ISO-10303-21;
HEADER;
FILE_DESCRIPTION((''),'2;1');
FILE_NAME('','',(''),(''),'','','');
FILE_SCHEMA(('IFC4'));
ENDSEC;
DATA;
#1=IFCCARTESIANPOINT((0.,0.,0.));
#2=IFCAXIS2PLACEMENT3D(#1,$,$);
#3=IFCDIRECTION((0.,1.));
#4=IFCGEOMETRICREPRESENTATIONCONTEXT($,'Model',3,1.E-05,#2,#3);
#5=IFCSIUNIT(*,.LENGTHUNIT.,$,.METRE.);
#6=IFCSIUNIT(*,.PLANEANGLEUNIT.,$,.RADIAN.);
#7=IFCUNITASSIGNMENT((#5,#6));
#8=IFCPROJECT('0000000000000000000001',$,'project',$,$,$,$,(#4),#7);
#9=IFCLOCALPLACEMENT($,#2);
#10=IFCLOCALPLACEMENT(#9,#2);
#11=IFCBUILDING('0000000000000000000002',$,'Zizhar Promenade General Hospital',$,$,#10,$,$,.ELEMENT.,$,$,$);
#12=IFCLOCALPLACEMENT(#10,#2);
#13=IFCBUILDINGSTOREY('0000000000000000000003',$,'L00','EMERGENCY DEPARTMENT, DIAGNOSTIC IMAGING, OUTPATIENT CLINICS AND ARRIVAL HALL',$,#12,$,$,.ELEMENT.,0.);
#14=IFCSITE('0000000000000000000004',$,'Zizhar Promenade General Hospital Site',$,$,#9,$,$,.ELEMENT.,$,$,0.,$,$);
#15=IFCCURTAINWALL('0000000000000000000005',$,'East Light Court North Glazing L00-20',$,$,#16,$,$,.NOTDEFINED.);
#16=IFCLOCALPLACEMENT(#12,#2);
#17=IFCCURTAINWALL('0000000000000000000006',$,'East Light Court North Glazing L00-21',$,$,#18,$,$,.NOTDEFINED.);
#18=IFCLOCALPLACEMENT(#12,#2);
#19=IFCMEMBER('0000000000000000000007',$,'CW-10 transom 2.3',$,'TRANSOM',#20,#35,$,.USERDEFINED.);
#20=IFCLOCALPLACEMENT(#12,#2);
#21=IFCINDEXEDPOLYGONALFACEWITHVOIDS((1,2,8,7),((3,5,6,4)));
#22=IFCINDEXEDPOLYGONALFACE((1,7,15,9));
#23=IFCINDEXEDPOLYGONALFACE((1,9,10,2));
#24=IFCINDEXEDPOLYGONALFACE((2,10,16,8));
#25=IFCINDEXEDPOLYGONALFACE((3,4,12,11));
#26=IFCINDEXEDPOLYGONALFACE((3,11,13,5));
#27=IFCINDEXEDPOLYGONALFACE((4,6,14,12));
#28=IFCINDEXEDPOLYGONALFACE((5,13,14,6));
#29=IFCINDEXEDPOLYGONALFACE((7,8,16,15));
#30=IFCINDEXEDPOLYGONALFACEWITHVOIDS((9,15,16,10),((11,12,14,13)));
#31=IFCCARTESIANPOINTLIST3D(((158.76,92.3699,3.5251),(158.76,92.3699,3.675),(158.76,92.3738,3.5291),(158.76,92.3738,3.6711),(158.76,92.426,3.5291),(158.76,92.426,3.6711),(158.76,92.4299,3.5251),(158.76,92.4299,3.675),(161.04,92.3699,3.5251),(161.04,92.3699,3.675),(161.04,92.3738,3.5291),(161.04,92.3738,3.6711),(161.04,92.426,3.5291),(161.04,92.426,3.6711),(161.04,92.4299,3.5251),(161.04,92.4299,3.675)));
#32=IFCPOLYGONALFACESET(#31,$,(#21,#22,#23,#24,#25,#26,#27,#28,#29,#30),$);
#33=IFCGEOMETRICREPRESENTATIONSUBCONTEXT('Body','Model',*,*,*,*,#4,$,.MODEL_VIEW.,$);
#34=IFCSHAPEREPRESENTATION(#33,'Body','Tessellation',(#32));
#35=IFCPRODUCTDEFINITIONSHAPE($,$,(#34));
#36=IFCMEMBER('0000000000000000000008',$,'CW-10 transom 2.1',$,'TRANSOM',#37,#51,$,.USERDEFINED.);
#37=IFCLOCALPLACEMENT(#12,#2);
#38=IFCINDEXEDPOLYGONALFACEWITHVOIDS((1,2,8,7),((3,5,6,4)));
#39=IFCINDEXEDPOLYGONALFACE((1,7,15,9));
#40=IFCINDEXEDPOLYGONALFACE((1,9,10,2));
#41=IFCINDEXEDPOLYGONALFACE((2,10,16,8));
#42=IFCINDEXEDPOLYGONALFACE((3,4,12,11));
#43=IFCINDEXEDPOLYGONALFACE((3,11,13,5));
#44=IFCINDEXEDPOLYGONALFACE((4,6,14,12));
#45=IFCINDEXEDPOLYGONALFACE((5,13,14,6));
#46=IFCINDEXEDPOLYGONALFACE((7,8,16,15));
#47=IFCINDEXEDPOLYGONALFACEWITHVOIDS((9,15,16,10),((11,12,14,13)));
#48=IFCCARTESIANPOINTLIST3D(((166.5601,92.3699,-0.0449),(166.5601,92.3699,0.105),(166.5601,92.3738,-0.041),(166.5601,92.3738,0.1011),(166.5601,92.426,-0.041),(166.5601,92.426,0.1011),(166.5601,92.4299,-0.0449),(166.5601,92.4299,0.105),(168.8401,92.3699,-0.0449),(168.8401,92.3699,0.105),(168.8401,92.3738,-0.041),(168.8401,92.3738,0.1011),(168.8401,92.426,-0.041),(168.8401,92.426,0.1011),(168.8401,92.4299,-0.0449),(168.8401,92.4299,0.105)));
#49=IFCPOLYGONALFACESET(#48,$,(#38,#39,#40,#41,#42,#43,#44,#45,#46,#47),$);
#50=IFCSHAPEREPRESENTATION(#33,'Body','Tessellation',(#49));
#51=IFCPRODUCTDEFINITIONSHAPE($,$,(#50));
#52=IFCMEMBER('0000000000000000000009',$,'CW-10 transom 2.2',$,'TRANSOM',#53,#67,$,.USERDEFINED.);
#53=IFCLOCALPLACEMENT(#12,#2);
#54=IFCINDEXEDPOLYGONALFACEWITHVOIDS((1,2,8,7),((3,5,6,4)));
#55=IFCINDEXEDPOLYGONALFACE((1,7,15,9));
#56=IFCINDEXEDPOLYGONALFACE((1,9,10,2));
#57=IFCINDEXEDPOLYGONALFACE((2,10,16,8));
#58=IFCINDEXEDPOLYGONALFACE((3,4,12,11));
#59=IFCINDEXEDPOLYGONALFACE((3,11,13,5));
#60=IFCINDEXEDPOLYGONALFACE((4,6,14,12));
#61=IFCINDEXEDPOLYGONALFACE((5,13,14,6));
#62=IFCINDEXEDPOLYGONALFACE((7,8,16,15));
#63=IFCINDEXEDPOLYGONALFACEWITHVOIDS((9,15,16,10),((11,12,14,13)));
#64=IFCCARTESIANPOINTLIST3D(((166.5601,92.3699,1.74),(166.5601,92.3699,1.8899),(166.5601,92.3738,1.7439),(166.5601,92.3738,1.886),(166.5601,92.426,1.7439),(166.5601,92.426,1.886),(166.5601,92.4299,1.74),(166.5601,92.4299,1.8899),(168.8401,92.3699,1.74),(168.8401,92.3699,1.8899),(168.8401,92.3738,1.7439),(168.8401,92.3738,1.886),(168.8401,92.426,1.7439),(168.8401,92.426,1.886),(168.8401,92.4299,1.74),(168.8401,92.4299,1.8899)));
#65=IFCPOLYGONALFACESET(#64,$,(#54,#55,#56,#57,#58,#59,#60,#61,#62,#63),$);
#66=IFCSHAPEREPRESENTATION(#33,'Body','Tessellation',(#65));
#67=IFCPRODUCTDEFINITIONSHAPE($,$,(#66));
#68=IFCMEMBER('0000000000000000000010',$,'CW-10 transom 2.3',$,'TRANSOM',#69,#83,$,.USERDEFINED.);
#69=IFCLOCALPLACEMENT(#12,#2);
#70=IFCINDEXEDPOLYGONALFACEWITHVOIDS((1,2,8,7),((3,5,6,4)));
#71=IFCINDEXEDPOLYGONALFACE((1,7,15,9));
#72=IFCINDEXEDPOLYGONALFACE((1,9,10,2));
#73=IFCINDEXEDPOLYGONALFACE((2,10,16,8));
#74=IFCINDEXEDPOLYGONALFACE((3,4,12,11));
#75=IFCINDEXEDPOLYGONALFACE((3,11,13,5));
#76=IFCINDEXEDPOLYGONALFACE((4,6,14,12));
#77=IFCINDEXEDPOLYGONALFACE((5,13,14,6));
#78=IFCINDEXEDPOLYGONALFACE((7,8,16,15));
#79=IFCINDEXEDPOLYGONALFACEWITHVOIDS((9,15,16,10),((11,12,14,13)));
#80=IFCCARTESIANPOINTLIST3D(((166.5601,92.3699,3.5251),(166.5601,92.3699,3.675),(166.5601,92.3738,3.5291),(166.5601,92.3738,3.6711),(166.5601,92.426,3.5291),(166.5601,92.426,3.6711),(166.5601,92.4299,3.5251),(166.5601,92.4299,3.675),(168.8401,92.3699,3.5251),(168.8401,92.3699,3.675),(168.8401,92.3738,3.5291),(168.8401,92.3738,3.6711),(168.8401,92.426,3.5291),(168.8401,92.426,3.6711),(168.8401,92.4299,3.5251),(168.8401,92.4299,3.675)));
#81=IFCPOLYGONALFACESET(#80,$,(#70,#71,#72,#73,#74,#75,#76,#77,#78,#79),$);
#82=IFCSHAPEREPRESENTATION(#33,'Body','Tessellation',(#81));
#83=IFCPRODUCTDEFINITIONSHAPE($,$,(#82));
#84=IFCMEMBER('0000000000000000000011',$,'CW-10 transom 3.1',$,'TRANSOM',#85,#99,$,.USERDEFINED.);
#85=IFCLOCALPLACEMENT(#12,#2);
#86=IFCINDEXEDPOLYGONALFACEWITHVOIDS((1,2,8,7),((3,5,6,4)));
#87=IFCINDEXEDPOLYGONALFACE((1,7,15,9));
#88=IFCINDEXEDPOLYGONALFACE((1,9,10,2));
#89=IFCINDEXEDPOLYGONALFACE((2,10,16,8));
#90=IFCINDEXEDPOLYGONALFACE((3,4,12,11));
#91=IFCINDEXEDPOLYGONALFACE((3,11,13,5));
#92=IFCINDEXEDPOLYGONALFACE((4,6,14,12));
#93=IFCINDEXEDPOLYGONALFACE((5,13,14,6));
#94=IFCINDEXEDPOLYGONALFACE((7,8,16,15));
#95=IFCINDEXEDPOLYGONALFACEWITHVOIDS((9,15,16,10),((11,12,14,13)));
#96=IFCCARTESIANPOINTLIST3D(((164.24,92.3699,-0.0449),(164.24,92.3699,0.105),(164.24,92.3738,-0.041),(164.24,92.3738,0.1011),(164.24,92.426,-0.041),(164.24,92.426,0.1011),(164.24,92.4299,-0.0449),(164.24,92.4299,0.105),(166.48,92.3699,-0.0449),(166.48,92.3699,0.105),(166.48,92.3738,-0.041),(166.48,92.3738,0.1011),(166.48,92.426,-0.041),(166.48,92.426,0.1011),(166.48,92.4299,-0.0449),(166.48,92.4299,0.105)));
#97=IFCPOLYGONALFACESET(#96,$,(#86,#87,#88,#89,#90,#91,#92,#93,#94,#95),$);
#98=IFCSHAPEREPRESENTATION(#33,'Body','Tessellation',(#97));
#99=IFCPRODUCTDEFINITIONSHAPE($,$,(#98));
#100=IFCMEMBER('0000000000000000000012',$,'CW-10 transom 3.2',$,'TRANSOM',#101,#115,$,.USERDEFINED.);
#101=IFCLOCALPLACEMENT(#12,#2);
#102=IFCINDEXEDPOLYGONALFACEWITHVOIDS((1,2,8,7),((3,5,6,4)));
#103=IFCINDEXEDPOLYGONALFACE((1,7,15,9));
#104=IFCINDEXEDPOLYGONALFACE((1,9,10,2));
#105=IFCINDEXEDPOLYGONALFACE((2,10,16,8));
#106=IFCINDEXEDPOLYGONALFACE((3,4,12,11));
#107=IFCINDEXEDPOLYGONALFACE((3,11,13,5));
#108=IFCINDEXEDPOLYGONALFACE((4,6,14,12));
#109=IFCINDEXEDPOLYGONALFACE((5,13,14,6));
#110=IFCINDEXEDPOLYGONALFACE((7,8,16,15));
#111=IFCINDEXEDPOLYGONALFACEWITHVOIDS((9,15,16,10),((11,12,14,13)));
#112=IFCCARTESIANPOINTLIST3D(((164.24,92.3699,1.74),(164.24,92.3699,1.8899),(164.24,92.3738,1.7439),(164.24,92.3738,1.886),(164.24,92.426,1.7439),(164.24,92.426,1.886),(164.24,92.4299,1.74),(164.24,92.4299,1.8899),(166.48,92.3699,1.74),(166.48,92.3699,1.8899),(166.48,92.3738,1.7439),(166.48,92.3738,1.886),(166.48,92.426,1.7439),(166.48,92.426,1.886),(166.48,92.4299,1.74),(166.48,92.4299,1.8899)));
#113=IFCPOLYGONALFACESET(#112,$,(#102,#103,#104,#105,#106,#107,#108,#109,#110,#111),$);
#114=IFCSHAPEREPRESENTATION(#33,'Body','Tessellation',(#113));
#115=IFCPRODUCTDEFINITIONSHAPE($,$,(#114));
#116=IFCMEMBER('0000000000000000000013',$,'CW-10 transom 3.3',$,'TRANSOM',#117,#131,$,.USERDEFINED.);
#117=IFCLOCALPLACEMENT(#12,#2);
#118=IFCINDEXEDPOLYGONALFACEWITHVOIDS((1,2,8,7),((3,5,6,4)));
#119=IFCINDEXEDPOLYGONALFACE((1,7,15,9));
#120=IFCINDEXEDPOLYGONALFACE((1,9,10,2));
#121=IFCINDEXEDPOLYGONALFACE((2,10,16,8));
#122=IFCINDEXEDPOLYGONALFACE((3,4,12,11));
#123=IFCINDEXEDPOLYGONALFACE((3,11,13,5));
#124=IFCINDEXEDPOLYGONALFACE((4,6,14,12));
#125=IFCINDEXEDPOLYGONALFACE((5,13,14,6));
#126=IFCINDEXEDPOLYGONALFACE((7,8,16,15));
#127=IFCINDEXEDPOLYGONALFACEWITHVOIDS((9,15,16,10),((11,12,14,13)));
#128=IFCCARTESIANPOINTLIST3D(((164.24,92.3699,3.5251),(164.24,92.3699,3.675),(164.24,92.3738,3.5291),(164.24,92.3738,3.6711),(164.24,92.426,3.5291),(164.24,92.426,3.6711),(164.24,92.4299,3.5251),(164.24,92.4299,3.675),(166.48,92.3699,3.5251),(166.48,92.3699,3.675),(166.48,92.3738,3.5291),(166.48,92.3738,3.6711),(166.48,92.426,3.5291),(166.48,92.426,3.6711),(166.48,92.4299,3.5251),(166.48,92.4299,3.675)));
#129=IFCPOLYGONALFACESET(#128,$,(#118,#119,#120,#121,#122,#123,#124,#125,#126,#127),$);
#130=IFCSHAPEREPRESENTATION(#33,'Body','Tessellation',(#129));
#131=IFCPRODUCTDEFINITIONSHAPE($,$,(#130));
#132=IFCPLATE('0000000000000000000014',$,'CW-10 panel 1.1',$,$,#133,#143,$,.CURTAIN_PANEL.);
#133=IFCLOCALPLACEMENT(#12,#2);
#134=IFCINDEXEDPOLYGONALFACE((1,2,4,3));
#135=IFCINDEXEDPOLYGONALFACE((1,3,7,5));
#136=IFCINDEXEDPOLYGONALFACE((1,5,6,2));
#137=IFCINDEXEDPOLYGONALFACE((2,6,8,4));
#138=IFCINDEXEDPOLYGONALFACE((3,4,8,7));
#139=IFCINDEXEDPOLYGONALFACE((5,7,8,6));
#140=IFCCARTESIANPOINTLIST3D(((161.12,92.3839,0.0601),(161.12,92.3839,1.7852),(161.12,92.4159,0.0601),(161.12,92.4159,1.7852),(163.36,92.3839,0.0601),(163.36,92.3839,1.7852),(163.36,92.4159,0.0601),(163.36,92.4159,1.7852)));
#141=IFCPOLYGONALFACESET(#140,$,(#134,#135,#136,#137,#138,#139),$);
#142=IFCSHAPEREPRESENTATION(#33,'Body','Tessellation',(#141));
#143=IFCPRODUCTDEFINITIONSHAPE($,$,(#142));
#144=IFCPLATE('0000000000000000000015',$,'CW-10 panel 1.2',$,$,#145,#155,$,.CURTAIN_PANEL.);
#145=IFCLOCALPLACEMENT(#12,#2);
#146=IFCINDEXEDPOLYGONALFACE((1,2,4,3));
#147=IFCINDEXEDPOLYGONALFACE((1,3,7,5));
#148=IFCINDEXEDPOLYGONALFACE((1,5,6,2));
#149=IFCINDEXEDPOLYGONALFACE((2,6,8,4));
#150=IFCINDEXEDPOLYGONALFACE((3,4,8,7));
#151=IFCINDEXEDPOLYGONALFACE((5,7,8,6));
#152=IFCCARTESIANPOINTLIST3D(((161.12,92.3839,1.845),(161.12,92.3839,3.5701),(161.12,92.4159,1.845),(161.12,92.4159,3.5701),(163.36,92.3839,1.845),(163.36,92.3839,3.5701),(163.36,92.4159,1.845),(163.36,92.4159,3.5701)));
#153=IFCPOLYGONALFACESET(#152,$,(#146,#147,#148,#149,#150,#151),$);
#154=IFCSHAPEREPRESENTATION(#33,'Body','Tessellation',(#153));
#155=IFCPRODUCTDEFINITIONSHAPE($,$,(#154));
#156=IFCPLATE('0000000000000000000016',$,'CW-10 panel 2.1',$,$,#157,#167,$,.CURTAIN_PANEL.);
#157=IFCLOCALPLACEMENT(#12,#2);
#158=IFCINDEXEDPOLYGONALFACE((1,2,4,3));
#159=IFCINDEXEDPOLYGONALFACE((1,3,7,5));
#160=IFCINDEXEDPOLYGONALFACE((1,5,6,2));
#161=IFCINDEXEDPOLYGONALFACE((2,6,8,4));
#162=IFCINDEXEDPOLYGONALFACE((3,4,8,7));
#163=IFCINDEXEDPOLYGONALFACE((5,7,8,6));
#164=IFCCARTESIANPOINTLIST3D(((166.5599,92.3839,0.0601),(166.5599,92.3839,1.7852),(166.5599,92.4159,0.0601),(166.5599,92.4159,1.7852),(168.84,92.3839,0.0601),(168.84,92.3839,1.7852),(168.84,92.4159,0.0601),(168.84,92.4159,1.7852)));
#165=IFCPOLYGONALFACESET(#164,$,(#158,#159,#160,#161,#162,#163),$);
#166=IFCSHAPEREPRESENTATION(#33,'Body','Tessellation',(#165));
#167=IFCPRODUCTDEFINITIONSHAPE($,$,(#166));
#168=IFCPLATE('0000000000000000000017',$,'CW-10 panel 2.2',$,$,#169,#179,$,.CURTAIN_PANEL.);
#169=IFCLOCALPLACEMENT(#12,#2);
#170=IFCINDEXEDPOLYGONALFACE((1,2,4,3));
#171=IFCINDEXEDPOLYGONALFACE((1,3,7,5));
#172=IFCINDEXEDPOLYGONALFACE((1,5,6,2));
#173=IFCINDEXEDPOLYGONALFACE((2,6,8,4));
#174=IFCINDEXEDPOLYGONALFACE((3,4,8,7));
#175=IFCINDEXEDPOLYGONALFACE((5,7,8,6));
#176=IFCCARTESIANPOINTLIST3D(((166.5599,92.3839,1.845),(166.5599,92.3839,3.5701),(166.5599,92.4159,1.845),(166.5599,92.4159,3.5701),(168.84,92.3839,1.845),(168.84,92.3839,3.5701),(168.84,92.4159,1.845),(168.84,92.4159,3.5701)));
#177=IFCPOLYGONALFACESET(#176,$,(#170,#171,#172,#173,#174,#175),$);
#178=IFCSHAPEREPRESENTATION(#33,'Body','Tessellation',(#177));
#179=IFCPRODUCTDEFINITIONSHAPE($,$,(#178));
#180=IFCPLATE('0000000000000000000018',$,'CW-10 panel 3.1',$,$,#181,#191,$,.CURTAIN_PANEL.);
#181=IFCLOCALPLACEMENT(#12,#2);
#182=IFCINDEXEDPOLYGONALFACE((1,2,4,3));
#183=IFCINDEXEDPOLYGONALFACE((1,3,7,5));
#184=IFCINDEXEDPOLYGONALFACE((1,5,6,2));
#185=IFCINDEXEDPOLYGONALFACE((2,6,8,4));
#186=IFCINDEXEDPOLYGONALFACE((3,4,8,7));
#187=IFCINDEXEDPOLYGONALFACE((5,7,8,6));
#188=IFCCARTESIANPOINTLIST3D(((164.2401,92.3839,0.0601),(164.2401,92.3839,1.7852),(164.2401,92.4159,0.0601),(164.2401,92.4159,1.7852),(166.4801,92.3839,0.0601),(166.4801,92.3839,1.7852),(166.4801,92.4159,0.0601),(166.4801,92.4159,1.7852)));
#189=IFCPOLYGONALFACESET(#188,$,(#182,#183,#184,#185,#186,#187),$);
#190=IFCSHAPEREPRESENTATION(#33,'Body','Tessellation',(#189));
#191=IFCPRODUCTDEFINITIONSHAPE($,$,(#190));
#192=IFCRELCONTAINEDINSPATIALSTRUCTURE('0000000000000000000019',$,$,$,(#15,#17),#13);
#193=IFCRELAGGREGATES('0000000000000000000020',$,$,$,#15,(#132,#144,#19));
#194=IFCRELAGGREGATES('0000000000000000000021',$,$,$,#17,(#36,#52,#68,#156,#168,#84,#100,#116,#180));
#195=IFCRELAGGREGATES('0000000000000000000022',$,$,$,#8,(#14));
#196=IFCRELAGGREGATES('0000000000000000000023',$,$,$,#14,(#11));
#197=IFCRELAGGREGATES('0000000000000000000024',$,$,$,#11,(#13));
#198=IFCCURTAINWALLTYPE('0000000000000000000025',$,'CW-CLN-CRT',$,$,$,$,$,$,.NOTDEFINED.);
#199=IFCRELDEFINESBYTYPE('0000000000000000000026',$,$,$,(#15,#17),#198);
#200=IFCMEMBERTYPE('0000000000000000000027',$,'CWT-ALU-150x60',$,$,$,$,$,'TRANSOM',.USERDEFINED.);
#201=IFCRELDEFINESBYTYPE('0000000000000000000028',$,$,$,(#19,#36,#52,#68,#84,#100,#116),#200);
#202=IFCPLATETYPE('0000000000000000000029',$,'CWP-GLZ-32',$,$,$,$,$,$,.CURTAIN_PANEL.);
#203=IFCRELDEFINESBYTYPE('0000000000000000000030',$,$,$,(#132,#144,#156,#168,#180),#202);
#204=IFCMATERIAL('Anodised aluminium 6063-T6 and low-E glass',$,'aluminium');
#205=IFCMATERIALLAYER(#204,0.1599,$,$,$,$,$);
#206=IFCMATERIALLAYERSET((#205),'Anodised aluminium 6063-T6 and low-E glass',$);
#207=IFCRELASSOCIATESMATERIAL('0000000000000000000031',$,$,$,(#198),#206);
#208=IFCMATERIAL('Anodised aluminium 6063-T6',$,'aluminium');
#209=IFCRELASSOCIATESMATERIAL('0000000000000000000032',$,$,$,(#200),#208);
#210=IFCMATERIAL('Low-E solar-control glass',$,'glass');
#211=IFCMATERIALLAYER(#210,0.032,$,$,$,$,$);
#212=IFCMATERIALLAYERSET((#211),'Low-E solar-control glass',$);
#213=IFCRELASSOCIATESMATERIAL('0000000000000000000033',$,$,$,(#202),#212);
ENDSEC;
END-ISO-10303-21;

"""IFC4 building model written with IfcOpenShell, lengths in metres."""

from ifc_helpers import new_model, si_unit, direction, frame, origin, origin_2d, place, context, subcontext, project, spatial, rectangle, hollow_rectangle, extrude, material, layer, layer_set, material_profile, profile_set, type_object, element, aggregate, save


model = new_model("IFC4")

# Units and contexts
model_context = context("Model", 3, precision=1e-05, world=origin(), true_north=direction((0.0, 1.0)))
body_context = subcontext(model_context, "Body", "Model", "MODEL_VIEW")
ifc_project = project(units=[si_unit("LENGTHUNIT", "METRE"), si_unit("PLANEANGLEUNIT", "RADIAN")], contexts=[model_context])

# Site, building, storey
site_placement = place(None, origin())
site = spatial("IfcSite", under=ifc_project, at=site_placement, Name="Zizhar Promenade General Hospital Site", CompositionType="ELEMENT", RefElevation=0.0)
building_placement = place(site_placement, origin())
building = spatial("IfcBuilding", under=site, at=building_placement, Name="Zizhar Promenade General Hospital", CompositionType="ELEMENT")
storey_placement = place(building_placement, origin())
storey = spatial("IfcBuildingStorey", under=building, at=storey_placement, Name="L00", Description="EMERGENCY DEPARTMENT, DIAGNOSTIC IMAGING, OUTPATIENT CLINICS AND ARRIVAL HALL", CompositionType="ELEMENT", Elevation=0.0)

# Curtain walls
ifc_material_1 = material(Name="Anodised aluminium 6063-T6 and low-E glass", Category="aluminium")
ifc_layer_1 = layer(ifc_material_1, 0.1599)
ifc_layer_set_1 = layer_set([ifc_layer_1], Name="Anodised aluminium 6063-T6 and low-E glass")
curtain_wall_type = type_object("IfcCurtainWallType", Name="CW-CLN-CRT", PredefinedType="NOTDEFINED", material=ifc_layer_set_1)
curtain_wall_1_placement = place(storey_placement, origin())
curtain_wall_1 = element("IfcCurtainWall", 1, at=curtain_wall_1_placement, inside=storey, type_object=curtain_wall_type, Name="East Light Court North Glazing L00-20", PredefinedType="NOTDEFINED")
curtain_wall_2_placement = place(storey_placement, origin())
curtain_wall_2 = element("IfcCurtainWall", 2, at=curtain_wall_2_placement, inside=storey, type_object=curtain_wall_type, Name="East Light Court North Glazing L00-21", PredefinedType="NOTDEFINED")

# Members
ifc_material_2 = material(Name="Anodised aluminium 6063-T6", Category="aluminium")
ifc_material_profile_1 = material_profile(ifc_material_2, hollow_rectangle(XDim=0.0601, YDim=0.1499, WallThickness=0.0039, at=origin_2d()))
ifc_profile_set_1 = profile_set([ifc_material_profile_1], Name="Anodised aluminium 6063-T6")
member_type_1 = type_object("IfcMemberType", Name="CWT-ALU-150x60", ElementType="TRANSOM", PredefinedType="USERDEFINED", material=ifc_profile_set_1)
member_1_placement = place(storey_placement, frame((161.04, 92.3999, 3.6001), z_axis=(-1.0, 0.0, 0.0), x_axis=(0.0, -1.0, 0.0)))
member_1 = element("IfcMember", 3, at=member_1_placement, type_object=member_type_1, Name="CW-10 transom 2.3", ObjectType="TRANSOM", PredefinedType="USERDEFINED", context=body_context, shape_type="SweptSolid", body=[
    extrude(hollow_rectangle(XDim=0.0601, YDim=0.1499, WallThickness=0.0039, at=origin_2d()), origin(), (0.0, 0.0, 1.0), 2.28),
])
member_2_placement = place(storey_placement, frame((168.8401, 92.3999, 0.03), z_axis=(-1.0, 0.0, 0.0), x_axis=(0.0, -1.0, 0.0)))
member_2 = element("IfcMember", 4, at=member_2_placement, type_object=member_type_1, Name="CW-10 transom 2.1", ObjectType="TRANSOM", PredefinedType="USERDEFINED", context=body_context, shape_type="SweptSolid", body=[
    extrude(hollow_rectangle(XDim=0.0601, YDim=0.1499, WallThickness=0.0039, at=origin_2d()), origin(), (0.0, 0.0, 1.0), 2.28),
])
member_3_placement = place(storey_placement, frame((168.8401, 92.3999, 1.8149), z_axis=(-1.0, 0.0, 0.0), x_axis=(0.0, -1.0, 0.0)))
member_3 = element("IfcMember", 5, at=member_3_placement, type_object=member_type_1, Name="CW-10 transom 2.2", ObjectType="TRANSOM", PredefinedType="USERDEFINED", context=body_context, shape_type="SweptSolid", body=[
    extrude(hollow_rectangle(XDim=0.0601, YDim=0.1499, WallThickness=0.0039, at=origin_2d()), origin(), (0.0, 0.0, 1.0), 2.28),
])
member_4_placement = place(storey_placement, frame((168.8401, 92.3999, 3.6001), z_axis=(-1.0, 0.0, 0.0), x_axis=(0.0, -1.0, 0.0)))
member_4 = element("IfcMember", 6, at=member_4_placement, type_object=member_type_1, Name="CW-10 transom 2.3", ObjectType="TRANSOM", PredefinedType="USERDEFINED", context=body_context, shape_type="SweptSolid", body=[
    extrude(hollow_rectangle(XDim=0.0601, YDim=0.1499, WallThickness=0.0039, at=origin_2d()), origin(), (0.0, 0.0, 1.0), 2.28),
])
member_5_placement = place(storey_placement, frame((166.48, 92.3999, 0.03), z_axis=(-1.0, 0.0, 0.0), x_axis=(0.0, -1.0, 0.0)))
member_5 = element("IfcMember", 7, at=member_5_placement, type_object=member_type_1, Name="CW-10 transom 3.1", ObjectType="TRANSOM", PredefinedType="USERDEFINED", context=body_context, shape_type="SweptSolid", body=[
    extrude(hollow_rectangle(XDim=0.0601, YDim=0.1499, WallThickness=0.0039, at=origin_2d()), origin(), (0.0, 0.0, 1.0), 2.24),
])
member_6_placement = place(storey_placement, frame((166.48, 92.3999, 1.8149), z_axis=(-1.0, 0.0, 0.0), x_axis=(0.0, -1.0, 0.0)))
member_6 = element("IfcMember", 8, at=member_6_placement, type_object=member_type_1, Name="CW-10 transom 3.2", ObjectType="TRANSOM", PredefinedType="USERDEFINED", context=body_context, shape_type="SweptSolid", body=[
    extrude(hollow_rectangle(XDim=0.0601, YDim=0.1499, WallThickness=0.0039, at=origin_2d()), origin(), (0.0, 0.0, 1.0), 2.24),
])
member_7_placement = place(storey_placement, frame((166.48, 92.3999, 3.6001), z_axis=(-1.0, 0.0, 0.0), x_axis=(0.0, -1.0, 0.0)))
member_7 = element("IfcMember", 9, at=member_7_placement, type_object=member_type_1, Name="CW-10 transom 3.3", ObjectType="TRANSOM", PredefinedType="USERDEFINED", context=body_context, shape_type="SweptSolid", body=[
    extrude(hollow_rectangle(XDim=0.0601, YDim=0.1499, WallThickness=0.0039, at=origin_2d()), origin(), (0.0, 0.0, 1.0), 2.24),
])

# Plates
ifc_material_3 = material(Name="Low-E solar-control glass", Category="glass")
ifc_layer_2 = layer(ifc_material_3, 0.032)
ifc_layer_set_2 = layer_set([ifc_layer_2], Name="Low-E solar-control glass")
plate_type = type_object("IfcPlateType", Name="CWP-GLZ-32", PredefinedType="CURTAIN_PANEL", material=ifc_layer_set_2)
plate_1_placement = place(storey_placement, frame((162.24, 92.3999, 0.0601), z_axis=(0.0, 0.0, 1.0), x_axis=(-1.0, 0.0, 0.0)))
plate_1 = element("IfcPlate", 10, at=plate_1_placement, type_object=plate_type, Name="CW-10 panel 1.1", PredefinedType="CURTAIN_PANEL", context=body_context, shape_type="SweptSolid", body=[
    extrude(rectangle(XDim=2.24, YDim=0.032, at=origin_2d()), origin(), (0.0, 0.0, 1.0), 1.7251),
])
plate_2_placement = place(storey_placement, frame((162.24, 92.3999, 1.845), z_axis=(0.0, 0.0, 1.0), x_axis=(-1.0, 0.0, 0.0)))
plate_2 = element("IfcPlate", 11, at=plate_2_placement, type_object=plate_type, Name="CW-10 panel 1.2", PredefinedType="CURTAIN_PANEL", context=body_context, shape_type="SweptSolid", body=[
    extrude(rectangle(XDim=2.24, YDim=0.032, at=origin_2d()), origin(), (0.0, 0.0, 1.0), 1.7251),
])
aggregate(curtain_wall_1, [plate_1, plate_2, member_1])
plate_3_placement = place(storey_placement, frame((167.7, 92.3999, 0.0601), z_axis=(0.0, 0.0, 1.0), x_axis=(-1.0, 0.0, 0.0)))
plate_3 = element("IfcPlate", 12, at=plate_3_placement, type_object=plate_type, Name="CW-10 panel 2.1", PredefinedType="CURTAIN_PANEL", context=body_context, shape_type="SweptSolid", body=[
    extrude(rectangle(XDim=2.28, YDim=0.032, at=origin_2d()), origin(), (0.0, 0.0, 1.0), 1.7251),
])
plate_4_placement = place(storey_placement, frame((167.7, 92.3999, 1.845), z_axis=(0.0, 0.0, 1.0), x_axis=(-1.0, 0.0, 0.0)))
plate_4 = element("IfcPlate", 13, at=plate_4_placement, type_object=plate_type, Name="CW-10 panel 2.2", PredefinedType="CURTAIN_PANEL", context=body_context, shape_type="SweptSolid", body=[
    extrude(rectangle(XDim=2.28, YDim=0.032, at=origin_2d()), origin(), (0.0, 0.0, 1.0), 1.7251),
])
plate_5_placement = place(storey_placement, frame((165.3601, 92.3999, 0.0601), z_axis=(0.0, 0.0, 1.0), x_axis=(-1.0, 0.0, 0.0)))
plate_5 = element("IfcPlate", 14, at=plate_5_placement, type_object=plate_type, Name="CW-10 panel 3.1", PredefinedType="CURTAIN_PANEL", context=body_context, shape_type="SweptSolid", body=[
    extrude(rectangle(XDim=2.24, YDim=0.032, at=origin_2d()), origin(), (0.0, 0.0, 1.0), 1.7251),
])
aggregate(curtain_wall_2, [member_2, member_3, member_4, plate_3, plate_4, member_5, member_6, member_7, plate_5])

save(model, "model.ifc")
